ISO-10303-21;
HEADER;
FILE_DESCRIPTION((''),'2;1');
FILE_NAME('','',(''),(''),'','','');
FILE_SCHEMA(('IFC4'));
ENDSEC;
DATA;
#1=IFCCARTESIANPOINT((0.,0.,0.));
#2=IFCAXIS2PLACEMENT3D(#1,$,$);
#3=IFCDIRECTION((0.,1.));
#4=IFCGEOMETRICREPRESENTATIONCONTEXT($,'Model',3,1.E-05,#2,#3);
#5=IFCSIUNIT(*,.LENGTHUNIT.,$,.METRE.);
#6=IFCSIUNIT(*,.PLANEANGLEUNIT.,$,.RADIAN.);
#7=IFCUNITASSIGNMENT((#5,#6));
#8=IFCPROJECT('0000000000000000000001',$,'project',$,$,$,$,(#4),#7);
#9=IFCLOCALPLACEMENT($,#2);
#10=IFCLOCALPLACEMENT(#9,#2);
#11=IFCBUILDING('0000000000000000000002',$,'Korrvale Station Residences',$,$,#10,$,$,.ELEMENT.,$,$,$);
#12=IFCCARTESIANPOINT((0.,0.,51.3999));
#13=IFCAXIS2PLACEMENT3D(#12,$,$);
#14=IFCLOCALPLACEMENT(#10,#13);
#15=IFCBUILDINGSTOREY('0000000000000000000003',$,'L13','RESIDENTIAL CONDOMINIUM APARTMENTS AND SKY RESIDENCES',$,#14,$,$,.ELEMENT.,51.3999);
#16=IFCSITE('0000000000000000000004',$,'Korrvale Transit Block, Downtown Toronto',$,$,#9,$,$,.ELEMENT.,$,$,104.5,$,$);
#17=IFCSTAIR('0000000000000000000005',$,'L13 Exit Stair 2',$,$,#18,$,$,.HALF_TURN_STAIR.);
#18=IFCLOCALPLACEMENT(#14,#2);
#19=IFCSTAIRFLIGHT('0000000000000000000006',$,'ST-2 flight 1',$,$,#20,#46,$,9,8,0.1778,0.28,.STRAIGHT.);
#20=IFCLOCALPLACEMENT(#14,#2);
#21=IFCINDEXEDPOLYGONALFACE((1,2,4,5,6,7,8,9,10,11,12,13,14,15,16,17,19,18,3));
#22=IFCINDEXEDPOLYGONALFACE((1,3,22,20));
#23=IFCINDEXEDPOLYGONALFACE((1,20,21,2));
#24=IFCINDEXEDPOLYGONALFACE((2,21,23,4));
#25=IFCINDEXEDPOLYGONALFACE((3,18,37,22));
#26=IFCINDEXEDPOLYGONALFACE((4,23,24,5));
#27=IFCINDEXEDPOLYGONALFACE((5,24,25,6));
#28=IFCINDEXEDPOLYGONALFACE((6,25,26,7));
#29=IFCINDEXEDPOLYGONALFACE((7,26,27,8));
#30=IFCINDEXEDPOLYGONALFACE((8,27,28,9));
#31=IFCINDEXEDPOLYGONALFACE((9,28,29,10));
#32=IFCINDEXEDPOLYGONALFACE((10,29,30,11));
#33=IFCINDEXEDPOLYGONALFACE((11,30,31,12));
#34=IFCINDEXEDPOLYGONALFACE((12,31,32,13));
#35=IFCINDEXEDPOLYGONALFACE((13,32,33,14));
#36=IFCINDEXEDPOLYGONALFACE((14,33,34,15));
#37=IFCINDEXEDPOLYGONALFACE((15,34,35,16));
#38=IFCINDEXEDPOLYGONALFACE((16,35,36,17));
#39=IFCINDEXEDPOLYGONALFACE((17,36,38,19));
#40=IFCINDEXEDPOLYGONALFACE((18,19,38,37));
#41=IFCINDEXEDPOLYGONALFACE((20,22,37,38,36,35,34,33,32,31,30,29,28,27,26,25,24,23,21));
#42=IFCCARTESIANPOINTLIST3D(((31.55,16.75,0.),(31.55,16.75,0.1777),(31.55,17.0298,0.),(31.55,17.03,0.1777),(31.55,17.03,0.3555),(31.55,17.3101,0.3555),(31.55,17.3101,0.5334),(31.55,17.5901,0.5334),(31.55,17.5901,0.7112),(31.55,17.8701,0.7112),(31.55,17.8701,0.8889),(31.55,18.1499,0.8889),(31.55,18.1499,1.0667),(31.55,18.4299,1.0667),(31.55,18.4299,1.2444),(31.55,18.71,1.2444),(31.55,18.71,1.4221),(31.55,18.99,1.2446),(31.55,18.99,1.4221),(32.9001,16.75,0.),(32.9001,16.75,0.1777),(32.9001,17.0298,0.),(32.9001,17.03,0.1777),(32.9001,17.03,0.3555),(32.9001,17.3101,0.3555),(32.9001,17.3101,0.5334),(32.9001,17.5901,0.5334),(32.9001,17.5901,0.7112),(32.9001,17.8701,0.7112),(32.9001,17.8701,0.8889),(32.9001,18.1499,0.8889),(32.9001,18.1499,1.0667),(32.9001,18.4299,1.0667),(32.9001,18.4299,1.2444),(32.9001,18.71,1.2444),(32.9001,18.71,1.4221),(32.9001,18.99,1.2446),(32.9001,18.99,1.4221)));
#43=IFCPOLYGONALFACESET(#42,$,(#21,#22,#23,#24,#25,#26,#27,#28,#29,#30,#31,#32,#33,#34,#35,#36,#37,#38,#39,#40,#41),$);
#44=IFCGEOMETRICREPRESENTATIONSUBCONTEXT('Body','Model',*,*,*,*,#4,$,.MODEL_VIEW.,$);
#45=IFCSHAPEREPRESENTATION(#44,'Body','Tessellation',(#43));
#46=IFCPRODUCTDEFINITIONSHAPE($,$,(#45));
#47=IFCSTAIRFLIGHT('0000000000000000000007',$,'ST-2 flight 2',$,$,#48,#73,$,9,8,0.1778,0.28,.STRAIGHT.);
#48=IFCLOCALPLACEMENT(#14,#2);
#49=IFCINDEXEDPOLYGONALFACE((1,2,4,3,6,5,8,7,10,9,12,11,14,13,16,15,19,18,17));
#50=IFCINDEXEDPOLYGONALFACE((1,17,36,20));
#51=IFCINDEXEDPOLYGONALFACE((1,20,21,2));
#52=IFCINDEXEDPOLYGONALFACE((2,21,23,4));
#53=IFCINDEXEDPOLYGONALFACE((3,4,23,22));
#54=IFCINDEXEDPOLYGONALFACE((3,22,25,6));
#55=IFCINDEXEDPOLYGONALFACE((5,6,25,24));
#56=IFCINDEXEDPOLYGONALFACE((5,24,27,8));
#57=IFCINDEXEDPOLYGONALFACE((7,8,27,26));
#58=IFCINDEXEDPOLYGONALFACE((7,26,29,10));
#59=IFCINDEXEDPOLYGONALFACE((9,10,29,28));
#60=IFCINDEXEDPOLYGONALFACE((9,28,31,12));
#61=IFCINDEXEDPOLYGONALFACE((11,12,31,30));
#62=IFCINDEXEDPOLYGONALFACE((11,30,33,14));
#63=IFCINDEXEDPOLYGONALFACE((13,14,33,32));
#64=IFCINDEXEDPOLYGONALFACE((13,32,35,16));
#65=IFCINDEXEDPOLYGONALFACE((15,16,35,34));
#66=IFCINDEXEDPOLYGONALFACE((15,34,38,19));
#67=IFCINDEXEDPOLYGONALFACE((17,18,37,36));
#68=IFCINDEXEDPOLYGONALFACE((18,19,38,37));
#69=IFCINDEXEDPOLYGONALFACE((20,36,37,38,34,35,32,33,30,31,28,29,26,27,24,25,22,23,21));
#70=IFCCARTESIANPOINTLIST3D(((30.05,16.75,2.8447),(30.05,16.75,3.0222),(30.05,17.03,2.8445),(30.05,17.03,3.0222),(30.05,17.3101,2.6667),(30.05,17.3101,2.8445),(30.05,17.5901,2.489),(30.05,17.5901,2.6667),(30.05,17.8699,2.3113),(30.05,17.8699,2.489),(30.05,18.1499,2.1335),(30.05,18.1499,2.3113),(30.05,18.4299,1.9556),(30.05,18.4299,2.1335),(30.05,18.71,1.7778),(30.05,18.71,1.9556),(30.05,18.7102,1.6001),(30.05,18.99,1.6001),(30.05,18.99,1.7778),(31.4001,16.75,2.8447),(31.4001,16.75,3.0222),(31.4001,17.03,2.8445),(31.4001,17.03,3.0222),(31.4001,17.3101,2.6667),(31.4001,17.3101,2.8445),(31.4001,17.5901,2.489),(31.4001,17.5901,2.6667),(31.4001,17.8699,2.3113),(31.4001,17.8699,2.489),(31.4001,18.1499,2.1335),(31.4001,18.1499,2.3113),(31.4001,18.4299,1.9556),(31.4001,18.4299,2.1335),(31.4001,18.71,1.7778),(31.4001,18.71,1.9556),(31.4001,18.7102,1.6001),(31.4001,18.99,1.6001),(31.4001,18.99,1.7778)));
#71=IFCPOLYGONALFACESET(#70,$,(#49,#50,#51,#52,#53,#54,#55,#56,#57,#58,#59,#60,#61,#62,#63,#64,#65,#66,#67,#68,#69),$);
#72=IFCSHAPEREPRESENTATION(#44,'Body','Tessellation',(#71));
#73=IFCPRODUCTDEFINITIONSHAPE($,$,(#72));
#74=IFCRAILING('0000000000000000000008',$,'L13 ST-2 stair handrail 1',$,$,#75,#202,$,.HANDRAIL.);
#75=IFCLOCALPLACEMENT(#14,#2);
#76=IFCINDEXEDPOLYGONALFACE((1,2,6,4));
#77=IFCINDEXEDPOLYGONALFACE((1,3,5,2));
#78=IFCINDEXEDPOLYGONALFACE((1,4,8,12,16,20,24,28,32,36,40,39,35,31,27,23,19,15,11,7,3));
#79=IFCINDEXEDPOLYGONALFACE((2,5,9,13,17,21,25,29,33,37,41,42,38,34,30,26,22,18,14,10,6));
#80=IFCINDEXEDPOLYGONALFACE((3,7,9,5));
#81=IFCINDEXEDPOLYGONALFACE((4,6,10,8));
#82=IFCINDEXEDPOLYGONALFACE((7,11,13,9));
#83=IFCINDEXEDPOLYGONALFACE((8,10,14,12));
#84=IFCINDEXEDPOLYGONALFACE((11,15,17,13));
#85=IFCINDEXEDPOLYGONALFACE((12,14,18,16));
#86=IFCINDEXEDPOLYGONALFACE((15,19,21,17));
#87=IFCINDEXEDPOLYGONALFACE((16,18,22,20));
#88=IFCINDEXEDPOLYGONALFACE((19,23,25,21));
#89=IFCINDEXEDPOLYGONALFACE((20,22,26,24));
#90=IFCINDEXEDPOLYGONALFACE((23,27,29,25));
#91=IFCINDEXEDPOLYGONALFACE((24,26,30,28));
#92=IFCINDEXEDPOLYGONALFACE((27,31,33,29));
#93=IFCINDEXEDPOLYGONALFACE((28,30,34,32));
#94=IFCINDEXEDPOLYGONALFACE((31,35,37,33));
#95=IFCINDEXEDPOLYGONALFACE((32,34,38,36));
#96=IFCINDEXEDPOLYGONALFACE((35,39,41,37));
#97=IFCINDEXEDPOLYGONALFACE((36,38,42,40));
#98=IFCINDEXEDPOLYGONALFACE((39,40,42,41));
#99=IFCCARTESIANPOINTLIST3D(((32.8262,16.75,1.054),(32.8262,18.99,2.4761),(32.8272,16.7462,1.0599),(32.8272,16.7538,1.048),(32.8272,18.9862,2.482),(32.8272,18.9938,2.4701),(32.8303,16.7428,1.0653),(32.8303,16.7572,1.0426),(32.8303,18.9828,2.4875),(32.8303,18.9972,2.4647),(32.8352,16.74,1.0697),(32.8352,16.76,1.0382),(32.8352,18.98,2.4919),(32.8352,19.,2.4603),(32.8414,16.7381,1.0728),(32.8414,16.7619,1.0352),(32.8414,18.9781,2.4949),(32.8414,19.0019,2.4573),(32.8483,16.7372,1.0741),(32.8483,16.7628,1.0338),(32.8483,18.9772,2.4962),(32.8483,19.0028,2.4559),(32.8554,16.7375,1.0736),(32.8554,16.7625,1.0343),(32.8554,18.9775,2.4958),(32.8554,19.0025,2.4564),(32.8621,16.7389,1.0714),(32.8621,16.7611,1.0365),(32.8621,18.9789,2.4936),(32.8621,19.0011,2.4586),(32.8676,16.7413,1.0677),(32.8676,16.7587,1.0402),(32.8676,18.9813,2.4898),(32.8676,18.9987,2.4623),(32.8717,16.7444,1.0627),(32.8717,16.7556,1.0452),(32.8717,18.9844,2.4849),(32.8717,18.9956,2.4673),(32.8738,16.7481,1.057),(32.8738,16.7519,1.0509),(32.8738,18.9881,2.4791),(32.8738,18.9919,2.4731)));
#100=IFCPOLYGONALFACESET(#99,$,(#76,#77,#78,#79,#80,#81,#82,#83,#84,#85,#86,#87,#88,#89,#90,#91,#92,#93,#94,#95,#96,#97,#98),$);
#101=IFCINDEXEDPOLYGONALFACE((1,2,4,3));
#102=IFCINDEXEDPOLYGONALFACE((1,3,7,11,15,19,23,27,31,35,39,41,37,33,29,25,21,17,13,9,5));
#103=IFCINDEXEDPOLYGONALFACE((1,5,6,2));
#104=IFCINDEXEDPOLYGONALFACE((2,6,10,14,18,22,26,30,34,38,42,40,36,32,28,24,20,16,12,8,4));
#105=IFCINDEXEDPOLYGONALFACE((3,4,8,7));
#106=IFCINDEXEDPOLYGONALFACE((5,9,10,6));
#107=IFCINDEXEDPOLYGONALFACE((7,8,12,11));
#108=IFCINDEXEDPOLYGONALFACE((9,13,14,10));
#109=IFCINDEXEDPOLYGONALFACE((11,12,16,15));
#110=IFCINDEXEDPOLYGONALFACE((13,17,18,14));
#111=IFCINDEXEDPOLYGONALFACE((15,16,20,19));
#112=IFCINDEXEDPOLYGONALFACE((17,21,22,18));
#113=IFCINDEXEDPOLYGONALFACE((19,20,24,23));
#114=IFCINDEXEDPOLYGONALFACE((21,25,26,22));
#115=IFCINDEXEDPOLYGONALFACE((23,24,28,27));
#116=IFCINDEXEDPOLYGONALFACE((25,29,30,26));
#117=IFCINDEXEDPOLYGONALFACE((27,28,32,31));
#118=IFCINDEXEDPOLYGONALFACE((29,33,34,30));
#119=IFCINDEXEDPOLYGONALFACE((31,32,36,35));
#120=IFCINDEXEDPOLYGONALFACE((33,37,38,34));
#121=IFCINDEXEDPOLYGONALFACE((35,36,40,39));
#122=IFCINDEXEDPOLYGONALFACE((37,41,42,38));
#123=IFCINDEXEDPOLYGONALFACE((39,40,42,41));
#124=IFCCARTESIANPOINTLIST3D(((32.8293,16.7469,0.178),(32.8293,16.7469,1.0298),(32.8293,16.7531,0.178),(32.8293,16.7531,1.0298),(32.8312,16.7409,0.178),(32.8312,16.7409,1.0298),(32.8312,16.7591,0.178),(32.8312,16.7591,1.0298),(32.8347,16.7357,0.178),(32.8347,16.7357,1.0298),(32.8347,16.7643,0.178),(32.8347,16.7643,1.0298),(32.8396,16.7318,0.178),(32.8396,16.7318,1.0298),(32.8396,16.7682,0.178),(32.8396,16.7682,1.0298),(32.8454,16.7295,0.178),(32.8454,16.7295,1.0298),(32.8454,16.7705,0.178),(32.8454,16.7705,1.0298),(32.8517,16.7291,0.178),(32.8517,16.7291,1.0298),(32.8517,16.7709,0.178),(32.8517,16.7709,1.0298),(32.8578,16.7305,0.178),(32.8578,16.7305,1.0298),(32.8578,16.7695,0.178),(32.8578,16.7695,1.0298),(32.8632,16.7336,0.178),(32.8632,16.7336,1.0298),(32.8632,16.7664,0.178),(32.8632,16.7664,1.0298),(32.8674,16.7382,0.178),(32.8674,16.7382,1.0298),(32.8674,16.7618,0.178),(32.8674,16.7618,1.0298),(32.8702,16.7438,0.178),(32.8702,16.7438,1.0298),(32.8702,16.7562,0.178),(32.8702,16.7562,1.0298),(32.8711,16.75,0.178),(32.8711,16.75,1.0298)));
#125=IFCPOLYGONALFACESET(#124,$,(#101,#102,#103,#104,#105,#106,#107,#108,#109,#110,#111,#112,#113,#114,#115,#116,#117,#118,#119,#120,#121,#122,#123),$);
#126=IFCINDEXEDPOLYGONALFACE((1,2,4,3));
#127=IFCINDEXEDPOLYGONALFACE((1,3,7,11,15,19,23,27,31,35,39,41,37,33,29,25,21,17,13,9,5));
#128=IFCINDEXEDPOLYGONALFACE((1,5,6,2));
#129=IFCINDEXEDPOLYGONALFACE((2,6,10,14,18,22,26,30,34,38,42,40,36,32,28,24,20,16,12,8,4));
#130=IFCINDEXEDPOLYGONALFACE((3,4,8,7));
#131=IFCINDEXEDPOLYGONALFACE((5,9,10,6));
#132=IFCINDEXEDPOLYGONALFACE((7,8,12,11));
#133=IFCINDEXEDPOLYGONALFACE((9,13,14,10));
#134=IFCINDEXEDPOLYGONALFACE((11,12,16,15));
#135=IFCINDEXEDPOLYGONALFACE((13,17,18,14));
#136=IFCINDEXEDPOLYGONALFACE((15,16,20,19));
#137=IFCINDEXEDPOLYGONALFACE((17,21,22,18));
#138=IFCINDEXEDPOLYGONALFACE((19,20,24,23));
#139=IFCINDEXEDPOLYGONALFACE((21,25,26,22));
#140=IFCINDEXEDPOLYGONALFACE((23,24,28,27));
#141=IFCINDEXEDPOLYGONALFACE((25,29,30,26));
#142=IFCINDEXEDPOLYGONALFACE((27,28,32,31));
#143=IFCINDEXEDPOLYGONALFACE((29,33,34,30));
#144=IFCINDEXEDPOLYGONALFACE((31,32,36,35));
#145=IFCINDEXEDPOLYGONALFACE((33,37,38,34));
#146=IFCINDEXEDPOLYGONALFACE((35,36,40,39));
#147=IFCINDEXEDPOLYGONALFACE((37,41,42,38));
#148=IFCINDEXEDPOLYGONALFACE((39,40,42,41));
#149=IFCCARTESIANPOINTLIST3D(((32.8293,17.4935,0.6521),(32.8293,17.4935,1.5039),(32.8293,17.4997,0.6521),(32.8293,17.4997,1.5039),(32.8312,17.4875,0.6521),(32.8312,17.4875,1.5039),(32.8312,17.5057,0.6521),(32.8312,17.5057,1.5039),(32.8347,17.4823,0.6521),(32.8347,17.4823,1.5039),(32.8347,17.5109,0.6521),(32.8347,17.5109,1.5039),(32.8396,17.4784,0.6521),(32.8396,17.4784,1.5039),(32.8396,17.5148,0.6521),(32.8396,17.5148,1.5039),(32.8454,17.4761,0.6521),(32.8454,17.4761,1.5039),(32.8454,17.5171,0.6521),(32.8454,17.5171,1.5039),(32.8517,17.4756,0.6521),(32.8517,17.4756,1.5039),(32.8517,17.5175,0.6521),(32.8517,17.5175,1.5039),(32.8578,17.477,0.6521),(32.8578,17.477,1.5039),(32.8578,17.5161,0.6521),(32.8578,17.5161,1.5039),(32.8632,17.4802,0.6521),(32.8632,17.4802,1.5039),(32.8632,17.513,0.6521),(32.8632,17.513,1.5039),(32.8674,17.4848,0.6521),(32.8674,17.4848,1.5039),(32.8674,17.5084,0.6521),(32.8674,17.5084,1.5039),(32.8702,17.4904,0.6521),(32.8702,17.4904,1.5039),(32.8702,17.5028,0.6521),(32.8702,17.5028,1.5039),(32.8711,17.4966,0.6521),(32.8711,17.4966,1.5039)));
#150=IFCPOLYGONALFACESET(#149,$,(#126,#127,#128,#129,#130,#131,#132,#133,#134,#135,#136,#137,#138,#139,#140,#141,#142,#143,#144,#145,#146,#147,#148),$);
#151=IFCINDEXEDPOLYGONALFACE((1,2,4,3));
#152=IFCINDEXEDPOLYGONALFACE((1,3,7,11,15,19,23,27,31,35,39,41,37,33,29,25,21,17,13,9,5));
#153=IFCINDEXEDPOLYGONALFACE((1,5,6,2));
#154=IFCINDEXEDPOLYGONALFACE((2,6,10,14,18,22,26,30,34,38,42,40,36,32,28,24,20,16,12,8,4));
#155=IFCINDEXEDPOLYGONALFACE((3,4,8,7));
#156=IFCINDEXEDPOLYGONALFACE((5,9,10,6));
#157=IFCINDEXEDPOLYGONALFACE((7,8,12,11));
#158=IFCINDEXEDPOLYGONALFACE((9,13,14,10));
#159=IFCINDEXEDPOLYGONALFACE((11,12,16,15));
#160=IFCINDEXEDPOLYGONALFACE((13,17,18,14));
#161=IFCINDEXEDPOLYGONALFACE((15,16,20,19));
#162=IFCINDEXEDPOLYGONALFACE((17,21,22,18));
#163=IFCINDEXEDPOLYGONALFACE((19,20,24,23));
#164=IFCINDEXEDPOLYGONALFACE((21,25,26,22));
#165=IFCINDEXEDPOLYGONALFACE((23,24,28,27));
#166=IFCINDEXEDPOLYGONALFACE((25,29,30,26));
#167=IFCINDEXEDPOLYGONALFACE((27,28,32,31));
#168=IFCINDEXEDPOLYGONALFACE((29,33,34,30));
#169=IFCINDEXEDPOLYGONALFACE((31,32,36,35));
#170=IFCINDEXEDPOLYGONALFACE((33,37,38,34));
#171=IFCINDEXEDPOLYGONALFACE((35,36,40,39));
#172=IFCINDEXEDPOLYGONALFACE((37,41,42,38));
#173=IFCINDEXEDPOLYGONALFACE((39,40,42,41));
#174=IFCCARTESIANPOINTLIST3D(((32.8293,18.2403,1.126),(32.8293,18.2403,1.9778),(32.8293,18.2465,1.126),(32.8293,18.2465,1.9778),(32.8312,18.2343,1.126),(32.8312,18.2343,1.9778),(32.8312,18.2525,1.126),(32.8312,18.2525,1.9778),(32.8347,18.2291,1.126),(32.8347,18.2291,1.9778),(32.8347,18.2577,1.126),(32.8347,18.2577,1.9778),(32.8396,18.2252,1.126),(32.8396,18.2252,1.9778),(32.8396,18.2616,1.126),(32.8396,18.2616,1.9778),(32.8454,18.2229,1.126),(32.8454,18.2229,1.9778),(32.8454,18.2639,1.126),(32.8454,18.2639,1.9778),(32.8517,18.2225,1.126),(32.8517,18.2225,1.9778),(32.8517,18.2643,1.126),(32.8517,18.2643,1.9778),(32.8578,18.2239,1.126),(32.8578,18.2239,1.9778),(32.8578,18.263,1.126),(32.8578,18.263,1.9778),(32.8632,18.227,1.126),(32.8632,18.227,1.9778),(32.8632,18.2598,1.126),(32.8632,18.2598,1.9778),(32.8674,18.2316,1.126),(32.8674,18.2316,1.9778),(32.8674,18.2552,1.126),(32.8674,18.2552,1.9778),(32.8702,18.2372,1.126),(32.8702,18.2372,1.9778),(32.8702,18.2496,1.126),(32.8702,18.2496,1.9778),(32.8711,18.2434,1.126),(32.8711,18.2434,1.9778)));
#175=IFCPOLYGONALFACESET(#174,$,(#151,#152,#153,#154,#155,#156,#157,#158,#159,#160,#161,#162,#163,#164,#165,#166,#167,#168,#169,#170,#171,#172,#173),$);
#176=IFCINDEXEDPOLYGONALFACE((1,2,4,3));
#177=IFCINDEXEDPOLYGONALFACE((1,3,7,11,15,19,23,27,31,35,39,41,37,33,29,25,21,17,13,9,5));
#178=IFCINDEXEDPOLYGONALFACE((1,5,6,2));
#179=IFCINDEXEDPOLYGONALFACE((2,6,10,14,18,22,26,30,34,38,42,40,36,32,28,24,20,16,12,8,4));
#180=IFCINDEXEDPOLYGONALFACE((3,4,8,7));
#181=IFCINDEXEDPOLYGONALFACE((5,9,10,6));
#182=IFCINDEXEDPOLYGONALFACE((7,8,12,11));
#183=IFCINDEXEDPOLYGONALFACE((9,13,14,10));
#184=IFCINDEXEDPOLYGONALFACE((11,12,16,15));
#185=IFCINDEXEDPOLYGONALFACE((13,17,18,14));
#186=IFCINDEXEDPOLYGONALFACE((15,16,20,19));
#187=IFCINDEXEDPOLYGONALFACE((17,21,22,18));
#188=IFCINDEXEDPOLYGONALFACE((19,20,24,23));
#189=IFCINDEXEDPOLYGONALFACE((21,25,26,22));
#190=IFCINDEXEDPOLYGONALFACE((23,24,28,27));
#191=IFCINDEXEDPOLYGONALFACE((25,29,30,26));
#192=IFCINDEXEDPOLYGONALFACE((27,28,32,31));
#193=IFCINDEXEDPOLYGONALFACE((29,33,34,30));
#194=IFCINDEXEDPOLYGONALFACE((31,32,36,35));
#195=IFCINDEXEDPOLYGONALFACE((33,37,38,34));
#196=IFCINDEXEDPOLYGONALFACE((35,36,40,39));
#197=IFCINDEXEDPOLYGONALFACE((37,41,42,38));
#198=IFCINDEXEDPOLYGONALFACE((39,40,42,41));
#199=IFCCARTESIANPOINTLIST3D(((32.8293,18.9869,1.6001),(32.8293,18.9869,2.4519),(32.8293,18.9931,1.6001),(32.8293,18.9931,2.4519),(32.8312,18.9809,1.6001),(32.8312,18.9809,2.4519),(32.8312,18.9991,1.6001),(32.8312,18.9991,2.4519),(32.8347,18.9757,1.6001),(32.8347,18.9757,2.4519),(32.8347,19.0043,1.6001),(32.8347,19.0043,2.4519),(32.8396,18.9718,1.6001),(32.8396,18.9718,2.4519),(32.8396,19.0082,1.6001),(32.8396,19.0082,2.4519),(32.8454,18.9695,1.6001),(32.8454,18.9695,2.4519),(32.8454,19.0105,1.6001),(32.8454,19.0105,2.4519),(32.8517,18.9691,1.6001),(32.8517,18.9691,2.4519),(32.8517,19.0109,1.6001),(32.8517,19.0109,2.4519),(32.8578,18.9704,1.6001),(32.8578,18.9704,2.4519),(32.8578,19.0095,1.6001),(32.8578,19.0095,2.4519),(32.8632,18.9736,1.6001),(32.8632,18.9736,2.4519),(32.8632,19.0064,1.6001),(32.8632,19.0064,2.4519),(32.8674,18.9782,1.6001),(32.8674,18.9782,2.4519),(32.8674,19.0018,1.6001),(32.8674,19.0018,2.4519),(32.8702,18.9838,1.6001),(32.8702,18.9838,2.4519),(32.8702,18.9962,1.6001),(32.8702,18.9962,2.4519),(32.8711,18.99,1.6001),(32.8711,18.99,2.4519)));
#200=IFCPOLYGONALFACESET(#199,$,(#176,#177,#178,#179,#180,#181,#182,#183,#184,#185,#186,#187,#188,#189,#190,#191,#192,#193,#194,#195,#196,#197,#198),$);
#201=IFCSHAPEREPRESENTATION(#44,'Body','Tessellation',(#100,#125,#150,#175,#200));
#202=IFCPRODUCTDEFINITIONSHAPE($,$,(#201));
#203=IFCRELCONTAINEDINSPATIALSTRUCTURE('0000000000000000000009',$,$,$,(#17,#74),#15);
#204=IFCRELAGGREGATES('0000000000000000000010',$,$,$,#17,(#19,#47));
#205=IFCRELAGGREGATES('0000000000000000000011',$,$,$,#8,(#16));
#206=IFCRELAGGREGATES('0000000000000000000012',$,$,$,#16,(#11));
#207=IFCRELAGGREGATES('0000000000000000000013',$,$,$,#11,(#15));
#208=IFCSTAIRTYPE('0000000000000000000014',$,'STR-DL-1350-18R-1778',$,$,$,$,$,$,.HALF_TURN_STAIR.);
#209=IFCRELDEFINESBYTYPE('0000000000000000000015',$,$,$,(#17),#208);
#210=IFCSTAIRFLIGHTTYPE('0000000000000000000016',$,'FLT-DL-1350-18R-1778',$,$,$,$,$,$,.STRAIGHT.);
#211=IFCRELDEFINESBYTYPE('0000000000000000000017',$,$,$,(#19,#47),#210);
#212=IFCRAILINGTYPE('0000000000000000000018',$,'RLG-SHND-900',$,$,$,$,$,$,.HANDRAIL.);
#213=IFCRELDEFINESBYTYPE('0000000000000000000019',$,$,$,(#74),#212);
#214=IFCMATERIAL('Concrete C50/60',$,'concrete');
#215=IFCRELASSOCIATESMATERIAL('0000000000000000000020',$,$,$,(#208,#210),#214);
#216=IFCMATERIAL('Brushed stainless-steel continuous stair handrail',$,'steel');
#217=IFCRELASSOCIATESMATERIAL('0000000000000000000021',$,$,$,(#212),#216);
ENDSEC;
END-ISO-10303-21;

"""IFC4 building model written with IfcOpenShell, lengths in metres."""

from ifc_helpers import new_model, si_unit, direction, frame, origin, origin_2d, place, context, subcontext, project, spatial, polyline, circle, outline, extrude, material, type_object, element, aggregate, save


model = new_model("IFC4")

# Units and contexts
model_context = context("Model", 3, precision=1e-05, world=origin(), true_north=direction((0.0, 1.0)))
body_context = subcontext(model_context, "Body", "Model", "MODEL_VIEW")
ifc_project = project(units=[si_unit("LENGTHUNIT", "METRE"), si_unit("PLANEANGLEUNIT", "RADIAN")], contexts=[model_context])

# Site, building, storey
site_placement = place(None, origin())
site = spatial("IfcSite", under=ifc_project, at=site_placement, Name="Korrvale Transit Block, Downtown Toronto", CompositionType="ELEMENT", RefElevation=104.5)
building_placement = place(site_placement, origin())
building = spatial("IfcBuilding", under=site, at=building_placement, Name="Korrvale Station Residences", CompositionType="ELEMENT")
storey_placement = place(building_placement, frame((0.0, 0.0, 51.3999)))
storey = spatial("IfcBuildingStorey", under=building, at=storey_placement, Name="L13", Description="RESIDENTIAL CONDOMINIUM APARTMENTS AND SKY RESIDENCES", CompositionType="ELEMENT", Elevation=51.3999)

# Stair, stair flights
ifc_material_1 = material(Name="Concrete C50/60", Category="concrete")
stair_type = type_object("IfcStairType", Name="STR-DL-1350-18R-1778", PredefinedType="HALF_TURN_STAIR", material=ifc_material_1)
stair_placement = place(storey_placement, origin())
stair = element("IfcStair", 1, at=stair_placement, inside=storey, type_object=stair_type, Name="L13 Exit Stair 2", PredefinedType="HALF_TURN_STAIR")
stair_flight_type = type_object("IfcStairFlightType", Name="FLT-DL-1350-18R-1778", PredefinedType="STRAIGHT", material=ifc_material_1)
stair_flight_1_placement = place(storey_placement, frame((32.2251, 16.75, 0.0), z_axis=(0.0, 0.0, 1.0), x_axis=(0.0, 1.0, 0.0)))
stair_flight_1 = element("IfcStairFlight", 2, at=stair_flight_1_placement, type_object=stair_flight_type, Name="ST-2 flight 1", NumberOfRisers=9, NumberOfTreads=8, PredefinedType="STRAIGHT", RiserHeight=0.1778, TreadLength=0.28, context=body_context, shape_type="SweptSolid", body=[
    extrude(outline(polyline([(0.0, 0.0), (0.0, 0.1777), (0.28, 0.1777), (0.28, 0.3555), (0.5601, 0.3555), (0.5601, 0.5334), (0.8401, 0.5334), (0.8401, 0.7112), (1.1201, 0.7112), (1.1201, 0.8889), (1.3999, 0.8889), (1.3999, 1.0667), (1.6799, 1.0667), (1.6799, 1.2444), (1.96, 1.2444), (1.96, 1.4221), (2.24, 1.4221), (2.24, 1.6001), (2.24, 1.2446), (0.2798, 0.0), (0.0, 0.0)])), frame((0.0, 0.675, 0.0), z_axis=(0.0, -1.0, 0.0), x_axis=(1.0, 0.0, 0.0)), (0.0, 0.0, 1.0), 1.3501),
])
stair_flight_2_placement = place(storey_placement, frame((30.7251, 18.99, 1.6001), z_axis=(0.0, 0.0, 1.0), x_axis=(0.0, -1.0, 0.0)))
stair_flight_2 = element("IfcStairFlight", 3, at=stair_flight_2_placement, type_object=stair_flight_type, Name="ST-2 flight 2", NumberOfRisers=9, NumberOfTreads=8, PredefinedType="STRAIGHT", RiserHeight=0.1778, TreadLength=0.28, context=body_context, shape_type="SweptSolid", body=[
    extrude(outline(polyline([(0.0, 0.0), (0.0, 0.1777), (0.28, 0.1777), (0.28, 0.3555), (0.5601, 0.3555), (0.5601, 0.5334), (0.8401, 0.5334), (0.8401, 0.7112), (1.1201, 0.7112), (1.1201, 0.8889), (1.3999, 0.8889), (1.3999, 1.0667), (1.6799, 1.0667), (1.6799, 1.2444), (1.96, 1.2444), (1.96, 1.4221), (2.24, 1.4221), (2.24, 1.6001), (2.24, 1.2446), (0.2798, 0.0), (0.0, 0.0)])), frame((0.0, 0.675, 0.0), z_axis=(0.0, -1.0, 0.0), x_axis=(1.0, 0.0, 0.0)), (0.0, 0.0, 1.0), 1.3501),
])
aggregate(stair, [stair_flight_1, stair_flight_2])

# Railing
ifc_material_2 = material(Name="Brushed stainless-steel continuous stair handrail", Category="steel")
railing_type_1 = type_object("IfcRailingType", Name="RLG-SHND-900", PredefinedType="HANDRAIL", material=ifc_material_2)
railing_1_placement = place(storey_placement, frame((32.8501, 16.75, 0.178)))
element("IfcRailing", 4, at=railing_1_placement, inside=storey, type_object=railing_type_1, Name="L13 ST-2 stair handrail 1", PredefinedType="HANDRAIL", context=body_context, shape_type="SweptSolid", body=[
    extrude(circle(Radius=0.0239, at=origin_2d()), frame((0.0, 0.0, 0.876), z_axis=(0.0, 0.844229, 0.535982), x_axis=(-1.0, 0.0, 0.0)), (0.0, 0.0, 1.0), 2.6533),
    extrude(circle(Radius=0.021, at=origin_2d()), origin(), (0.0, 0.0, 1.0), 0.8518),
    extrude(circle(Radius=0.021, at=origin_2d()), frame((0.0, 0.7466, 0.4741)), (0.0, 0.0, 1.0), 0.8518),
    extrude(circle(Radius=0.021, at=origin_2d()), frame((0.0, 1.4934, 0.948)), (0.0, 0.0, 1.0), 0.8518),
    extrude(circle(Radius=0.021, at=origin_2d()), frame((0.0, 2.24, 1.4221)), (0.0, 0.0, 1.0), 0.8518),
])

save(model, "model.ifc")
